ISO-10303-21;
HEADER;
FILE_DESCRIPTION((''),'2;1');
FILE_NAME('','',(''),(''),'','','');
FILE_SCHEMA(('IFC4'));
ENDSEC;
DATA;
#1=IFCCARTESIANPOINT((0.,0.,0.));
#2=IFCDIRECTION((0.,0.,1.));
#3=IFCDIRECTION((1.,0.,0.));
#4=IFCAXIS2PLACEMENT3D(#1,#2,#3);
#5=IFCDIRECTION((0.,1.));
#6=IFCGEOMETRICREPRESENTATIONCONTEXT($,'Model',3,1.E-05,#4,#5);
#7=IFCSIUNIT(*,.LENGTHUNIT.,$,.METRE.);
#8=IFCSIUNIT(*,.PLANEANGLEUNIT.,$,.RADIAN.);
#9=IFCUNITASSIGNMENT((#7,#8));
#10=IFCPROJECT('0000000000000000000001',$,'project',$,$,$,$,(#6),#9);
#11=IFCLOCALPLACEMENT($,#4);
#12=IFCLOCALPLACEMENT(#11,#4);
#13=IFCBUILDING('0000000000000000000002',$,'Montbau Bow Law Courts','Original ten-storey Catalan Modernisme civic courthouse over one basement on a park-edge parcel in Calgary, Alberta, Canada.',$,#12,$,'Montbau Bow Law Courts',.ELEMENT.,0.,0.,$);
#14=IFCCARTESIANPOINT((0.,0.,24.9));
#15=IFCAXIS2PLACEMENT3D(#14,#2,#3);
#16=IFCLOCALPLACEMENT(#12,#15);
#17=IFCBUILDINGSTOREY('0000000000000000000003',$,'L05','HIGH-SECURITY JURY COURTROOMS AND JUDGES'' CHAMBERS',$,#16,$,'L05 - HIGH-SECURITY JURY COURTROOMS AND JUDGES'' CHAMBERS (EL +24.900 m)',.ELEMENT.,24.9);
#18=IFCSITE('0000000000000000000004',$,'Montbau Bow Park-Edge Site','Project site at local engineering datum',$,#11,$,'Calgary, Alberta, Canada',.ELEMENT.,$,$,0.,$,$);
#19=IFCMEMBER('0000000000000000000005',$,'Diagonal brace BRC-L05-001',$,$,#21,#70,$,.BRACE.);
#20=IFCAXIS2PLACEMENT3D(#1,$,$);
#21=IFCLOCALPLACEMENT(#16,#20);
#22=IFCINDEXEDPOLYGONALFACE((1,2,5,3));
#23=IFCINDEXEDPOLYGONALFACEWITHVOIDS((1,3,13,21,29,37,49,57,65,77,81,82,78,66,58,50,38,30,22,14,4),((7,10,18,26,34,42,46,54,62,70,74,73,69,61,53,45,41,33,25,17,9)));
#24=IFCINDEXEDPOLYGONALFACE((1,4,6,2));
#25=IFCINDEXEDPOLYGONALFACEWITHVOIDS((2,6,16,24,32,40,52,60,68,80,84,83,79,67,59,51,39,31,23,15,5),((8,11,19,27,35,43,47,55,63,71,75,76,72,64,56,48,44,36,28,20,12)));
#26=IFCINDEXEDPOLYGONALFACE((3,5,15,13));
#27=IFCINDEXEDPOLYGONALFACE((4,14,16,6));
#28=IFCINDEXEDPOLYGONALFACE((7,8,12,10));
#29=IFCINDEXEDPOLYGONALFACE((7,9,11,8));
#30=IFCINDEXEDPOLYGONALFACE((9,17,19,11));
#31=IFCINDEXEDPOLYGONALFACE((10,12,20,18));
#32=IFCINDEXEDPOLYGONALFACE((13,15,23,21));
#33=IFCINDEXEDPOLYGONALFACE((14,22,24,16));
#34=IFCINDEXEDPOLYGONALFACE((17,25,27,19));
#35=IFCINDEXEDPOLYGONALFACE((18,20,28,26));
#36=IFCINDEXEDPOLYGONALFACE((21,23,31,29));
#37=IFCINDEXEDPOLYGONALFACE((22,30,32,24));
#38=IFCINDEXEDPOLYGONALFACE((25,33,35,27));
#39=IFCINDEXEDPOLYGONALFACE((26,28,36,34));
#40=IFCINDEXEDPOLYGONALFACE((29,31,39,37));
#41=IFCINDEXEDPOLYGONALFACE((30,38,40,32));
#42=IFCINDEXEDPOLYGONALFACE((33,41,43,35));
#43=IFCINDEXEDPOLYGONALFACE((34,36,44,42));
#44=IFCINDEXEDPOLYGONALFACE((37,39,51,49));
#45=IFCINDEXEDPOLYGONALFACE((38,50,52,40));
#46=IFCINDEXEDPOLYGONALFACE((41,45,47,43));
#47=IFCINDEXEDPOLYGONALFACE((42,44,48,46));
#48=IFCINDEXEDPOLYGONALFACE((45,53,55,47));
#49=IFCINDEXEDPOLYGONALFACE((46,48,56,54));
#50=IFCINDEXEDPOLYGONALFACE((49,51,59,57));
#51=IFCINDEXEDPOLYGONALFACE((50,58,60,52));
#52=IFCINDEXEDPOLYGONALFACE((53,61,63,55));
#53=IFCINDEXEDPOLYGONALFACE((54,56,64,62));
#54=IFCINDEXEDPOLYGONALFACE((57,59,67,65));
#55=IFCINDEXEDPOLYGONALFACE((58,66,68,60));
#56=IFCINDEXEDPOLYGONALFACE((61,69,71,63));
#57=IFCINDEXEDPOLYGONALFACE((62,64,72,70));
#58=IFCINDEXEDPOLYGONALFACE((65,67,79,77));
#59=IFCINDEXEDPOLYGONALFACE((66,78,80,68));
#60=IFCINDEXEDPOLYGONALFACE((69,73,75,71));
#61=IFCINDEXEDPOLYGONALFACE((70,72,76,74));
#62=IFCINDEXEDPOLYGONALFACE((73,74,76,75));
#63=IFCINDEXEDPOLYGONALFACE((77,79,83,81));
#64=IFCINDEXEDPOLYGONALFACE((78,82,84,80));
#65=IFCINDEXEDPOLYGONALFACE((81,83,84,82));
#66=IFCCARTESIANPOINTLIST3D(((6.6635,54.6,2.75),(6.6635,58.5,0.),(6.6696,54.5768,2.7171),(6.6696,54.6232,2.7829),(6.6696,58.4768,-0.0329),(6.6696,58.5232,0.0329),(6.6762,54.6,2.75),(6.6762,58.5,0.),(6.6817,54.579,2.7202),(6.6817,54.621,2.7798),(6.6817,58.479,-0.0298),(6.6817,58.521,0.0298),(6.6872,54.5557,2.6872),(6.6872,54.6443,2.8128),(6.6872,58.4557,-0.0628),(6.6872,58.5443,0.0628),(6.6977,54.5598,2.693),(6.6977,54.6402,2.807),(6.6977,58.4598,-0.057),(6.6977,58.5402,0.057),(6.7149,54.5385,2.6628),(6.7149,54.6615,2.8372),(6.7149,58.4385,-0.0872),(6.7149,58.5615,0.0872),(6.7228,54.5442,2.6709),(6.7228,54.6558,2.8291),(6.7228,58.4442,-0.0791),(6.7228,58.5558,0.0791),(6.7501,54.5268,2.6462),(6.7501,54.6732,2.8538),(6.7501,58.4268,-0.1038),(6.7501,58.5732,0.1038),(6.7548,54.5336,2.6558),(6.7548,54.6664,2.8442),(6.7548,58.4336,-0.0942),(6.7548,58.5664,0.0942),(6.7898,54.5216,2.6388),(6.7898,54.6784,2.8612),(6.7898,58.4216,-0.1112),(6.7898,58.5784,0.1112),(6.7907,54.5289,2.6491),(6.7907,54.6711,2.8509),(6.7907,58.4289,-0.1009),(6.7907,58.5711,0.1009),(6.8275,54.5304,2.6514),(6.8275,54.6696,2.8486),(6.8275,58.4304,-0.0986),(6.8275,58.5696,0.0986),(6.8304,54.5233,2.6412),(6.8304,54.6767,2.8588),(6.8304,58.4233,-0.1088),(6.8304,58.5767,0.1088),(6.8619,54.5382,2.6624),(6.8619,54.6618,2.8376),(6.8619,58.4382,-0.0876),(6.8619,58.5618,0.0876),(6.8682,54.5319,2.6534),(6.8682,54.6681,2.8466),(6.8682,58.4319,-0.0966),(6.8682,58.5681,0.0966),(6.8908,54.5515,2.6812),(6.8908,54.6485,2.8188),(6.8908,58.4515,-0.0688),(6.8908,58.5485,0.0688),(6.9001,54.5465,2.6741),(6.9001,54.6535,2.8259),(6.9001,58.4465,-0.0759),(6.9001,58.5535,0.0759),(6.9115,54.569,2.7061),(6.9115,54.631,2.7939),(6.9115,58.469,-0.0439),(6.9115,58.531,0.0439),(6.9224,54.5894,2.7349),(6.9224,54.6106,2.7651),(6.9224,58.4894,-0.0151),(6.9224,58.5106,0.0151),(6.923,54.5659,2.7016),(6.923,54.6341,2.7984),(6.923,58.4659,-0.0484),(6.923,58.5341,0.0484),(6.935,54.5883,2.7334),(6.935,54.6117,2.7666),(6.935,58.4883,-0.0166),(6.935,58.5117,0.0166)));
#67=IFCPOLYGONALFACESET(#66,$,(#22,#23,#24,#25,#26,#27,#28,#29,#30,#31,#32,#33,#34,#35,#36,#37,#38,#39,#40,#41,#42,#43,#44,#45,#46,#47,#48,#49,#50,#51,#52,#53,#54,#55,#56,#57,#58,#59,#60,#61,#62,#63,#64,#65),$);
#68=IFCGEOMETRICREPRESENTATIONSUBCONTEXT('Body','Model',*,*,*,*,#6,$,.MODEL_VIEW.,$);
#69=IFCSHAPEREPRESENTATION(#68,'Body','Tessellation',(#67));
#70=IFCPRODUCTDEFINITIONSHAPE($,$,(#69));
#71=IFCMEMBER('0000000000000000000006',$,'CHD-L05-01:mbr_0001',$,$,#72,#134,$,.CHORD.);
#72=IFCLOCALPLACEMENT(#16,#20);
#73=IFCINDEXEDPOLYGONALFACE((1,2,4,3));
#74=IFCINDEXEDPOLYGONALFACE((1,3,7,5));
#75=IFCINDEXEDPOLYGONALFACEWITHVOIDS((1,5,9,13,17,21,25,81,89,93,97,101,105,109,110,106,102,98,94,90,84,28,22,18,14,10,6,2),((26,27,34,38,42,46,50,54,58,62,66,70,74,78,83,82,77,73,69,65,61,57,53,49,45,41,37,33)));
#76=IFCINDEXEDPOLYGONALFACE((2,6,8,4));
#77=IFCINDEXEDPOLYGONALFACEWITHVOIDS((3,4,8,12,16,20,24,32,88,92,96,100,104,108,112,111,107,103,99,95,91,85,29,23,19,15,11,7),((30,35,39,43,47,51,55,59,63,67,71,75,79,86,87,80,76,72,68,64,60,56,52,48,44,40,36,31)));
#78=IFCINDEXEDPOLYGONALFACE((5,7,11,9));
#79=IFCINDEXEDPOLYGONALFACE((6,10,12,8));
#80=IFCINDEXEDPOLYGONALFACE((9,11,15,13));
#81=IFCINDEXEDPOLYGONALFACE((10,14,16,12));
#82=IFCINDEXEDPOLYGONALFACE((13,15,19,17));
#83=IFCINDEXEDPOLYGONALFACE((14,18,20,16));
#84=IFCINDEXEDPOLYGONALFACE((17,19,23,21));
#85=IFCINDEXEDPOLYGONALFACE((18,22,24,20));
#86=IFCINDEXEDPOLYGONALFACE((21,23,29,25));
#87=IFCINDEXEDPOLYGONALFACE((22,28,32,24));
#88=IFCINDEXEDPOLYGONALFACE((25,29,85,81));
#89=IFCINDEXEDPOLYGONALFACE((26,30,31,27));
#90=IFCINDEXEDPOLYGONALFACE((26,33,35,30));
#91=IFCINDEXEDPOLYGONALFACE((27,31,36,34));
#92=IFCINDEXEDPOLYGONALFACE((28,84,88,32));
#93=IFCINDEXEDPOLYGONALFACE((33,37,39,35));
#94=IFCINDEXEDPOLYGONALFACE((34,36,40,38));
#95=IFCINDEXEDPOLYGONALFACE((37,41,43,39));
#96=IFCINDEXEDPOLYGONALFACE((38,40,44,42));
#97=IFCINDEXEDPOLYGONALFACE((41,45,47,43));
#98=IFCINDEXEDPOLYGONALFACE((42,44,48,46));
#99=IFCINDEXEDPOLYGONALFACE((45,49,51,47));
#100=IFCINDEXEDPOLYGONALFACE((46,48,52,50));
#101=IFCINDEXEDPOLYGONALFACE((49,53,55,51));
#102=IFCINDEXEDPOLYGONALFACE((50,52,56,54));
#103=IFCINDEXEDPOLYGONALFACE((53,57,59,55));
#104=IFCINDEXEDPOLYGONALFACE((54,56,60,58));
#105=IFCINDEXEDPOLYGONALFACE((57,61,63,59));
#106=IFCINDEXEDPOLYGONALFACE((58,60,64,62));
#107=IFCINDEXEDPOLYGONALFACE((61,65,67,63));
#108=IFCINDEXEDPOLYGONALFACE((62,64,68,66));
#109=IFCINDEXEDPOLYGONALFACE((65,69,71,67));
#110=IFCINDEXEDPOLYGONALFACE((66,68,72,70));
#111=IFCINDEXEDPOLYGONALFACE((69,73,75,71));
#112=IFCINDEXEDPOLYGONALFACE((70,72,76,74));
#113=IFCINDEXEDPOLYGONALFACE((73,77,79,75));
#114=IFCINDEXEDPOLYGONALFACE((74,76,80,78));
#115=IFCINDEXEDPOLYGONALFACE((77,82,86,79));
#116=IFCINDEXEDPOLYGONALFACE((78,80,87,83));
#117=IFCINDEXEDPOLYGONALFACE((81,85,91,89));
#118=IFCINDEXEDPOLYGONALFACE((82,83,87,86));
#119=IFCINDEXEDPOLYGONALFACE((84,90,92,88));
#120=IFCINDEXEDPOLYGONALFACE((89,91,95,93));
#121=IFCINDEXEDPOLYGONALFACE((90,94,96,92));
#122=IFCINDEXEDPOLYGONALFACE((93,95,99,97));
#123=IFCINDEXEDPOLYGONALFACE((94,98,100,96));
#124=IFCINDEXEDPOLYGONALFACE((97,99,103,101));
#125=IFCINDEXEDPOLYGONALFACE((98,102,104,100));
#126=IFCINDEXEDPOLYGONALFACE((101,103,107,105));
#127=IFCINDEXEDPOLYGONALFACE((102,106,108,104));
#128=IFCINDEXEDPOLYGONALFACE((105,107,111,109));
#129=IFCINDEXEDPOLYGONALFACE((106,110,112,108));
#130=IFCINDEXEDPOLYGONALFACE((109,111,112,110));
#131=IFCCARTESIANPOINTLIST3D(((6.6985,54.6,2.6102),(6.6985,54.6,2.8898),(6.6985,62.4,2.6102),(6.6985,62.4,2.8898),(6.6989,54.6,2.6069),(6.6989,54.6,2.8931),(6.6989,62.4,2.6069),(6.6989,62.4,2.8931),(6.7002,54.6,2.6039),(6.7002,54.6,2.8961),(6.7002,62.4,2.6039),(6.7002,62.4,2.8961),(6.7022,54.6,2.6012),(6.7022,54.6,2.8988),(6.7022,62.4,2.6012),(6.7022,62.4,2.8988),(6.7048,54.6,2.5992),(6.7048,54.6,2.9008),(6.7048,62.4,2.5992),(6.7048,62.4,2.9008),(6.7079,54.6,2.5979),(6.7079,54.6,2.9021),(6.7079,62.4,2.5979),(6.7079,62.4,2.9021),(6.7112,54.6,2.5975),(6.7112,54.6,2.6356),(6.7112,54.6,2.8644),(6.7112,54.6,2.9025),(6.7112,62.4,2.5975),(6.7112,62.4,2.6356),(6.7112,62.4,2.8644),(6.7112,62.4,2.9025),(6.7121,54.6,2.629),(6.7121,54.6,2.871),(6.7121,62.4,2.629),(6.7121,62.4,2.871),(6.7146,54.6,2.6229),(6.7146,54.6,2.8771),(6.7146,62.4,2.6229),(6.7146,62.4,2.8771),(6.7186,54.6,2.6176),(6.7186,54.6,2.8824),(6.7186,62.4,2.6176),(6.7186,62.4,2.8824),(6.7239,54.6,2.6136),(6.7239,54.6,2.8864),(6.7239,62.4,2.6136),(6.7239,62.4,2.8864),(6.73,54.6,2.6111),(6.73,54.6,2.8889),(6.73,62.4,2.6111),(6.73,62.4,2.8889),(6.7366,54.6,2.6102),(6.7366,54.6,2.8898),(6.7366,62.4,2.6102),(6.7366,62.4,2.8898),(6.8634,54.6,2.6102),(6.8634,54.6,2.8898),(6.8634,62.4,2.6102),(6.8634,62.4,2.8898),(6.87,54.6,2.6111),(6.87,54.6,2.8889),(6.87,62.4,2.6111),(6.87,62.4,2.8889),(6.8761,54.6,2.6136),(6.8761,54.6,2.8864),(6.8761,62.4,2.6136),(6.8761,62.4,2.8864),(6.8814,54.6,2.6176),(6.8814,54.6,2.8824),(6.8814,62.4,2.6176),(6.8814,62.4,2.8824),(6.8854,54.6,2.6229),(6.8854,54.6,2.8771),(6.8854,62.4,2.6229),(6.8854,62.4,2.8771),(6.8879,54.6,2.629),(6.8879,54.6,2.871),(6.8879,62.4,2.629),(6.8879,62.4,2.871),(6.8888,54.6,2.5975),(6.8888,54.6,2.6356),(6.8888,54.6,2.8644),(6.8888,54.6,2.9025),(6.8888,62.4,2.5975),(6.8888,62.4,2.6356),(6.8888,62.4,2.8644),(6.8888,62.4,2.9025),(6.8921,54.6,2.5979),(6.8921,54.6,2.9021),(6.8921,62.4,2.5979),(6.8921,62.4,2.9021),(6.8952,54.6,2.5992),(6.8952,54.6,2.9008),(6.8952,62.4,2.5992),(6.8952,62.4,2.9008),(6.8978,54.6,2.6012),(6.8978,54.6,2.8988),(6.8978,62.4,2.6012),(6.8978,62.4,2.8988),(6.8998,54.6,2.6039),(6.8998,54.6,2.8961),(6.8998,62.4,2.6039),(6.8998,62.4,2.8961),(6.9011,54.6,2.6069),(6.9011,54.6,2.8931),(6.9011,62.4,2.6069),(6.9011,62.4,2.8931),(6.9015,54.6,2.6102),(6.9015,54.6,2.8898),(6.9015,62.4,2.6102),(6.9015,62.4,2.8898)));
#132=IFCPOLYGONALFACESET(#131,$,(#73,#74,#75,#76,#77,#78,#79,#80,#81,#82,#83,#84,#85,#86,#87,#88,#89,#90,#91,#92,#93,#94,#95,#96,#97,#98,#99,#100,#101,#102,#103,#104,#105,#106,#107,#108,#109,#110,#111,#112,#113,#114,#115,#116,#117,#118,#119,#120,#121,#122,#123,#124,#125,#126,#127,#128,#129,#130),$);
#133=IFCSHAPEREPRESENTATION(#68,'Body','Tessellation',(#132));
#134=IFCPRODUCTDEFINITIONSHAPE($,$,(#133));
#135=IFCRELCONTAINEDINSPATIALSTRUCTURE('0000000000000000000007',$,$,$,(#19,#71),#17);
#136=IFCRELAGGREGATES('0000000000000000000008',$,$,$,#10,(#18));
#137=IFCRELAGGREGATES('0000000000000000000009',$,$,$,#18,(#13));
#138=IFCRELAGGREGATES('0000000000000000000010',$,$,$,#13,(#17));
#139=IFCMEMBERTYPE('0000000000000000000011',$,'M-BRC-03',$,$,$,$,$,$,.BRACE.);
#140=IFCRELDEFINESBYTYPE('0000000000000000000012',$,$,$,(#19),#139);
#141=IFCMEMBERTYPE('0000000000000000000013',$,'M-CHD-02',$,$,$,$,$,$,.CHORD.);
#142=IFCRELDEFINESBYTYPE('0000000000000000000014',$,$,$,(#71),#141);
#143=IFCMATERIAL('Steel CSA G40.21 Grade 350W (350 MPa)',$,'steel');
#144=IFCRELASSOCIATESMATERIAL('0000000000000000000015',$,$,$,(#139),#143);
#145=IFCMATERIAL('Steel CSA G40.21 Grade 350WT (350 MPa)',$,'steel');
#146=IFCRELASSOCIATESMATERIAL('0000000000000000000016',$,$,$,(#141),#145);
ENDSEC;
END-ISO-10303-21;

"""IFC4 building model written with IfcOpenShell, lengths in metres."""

from ifc_helpers import new_model, si_unit, direction, frame, origin_with_axes, origin_2d_with_axis, place, context, subcontext, project, spatial, hollow_rectangle, hollow_circle, extrude, material, material_profile, profile_set, type_object, element, save


model = new_model("IFC4")

# Units and contexts
model_context = context("Model", 3, precision=1e-05, world=origin_with_axes(), true_north=direction((0.0, 1.0)))
body_context = subcontext(model_context, "Body", "Model", "MODEL_VIEW")
ifc_project = project(units=[si_unit("LENGTHUNIT", "METRE"), si_unit("PLANEANGLEUNIT", "RADIAN")], contexts=[model_context])

# Site, building, storey
site_placement = place(None, origin_with_axes())
site = spatial("IfcSite", under=ifc_project, at=site_placement, Name="Montbau Bow Park-Edge Site", Description="Project site at local engineering datum", LongName="Calgary, Alberta, Canada", CompositionType="ELEMENT", RefElevation=0.0)
building_placement = place(site_placement, origin_with_axes())
building = spatial("IfcBuilding", under=site, at=building_placement, Name="Montbau Bow Law Courts", Description="Original ten-storey Catalan Modernisme civic courthouse over one basement on a park-edge parcel in Calgary, Alberta, Canada.", LongName="Montbau Bow Law Courts", CompositionType="ELEMENT", ElevationOfRefHeight=0.0, ElevationOfTerrain=0.0)
storey_placement = place(building_placement, frame((0.0, 0.0, 24.9), z_axis=(0.0, 0.0, 1.0), x_axis=(1.0, 0.0, 0.0)))
storey = spatial("IfcBuildingStorey", under=building, at=storey_placement, Name="L05", Description="HIGH-SECURITY JURY COURTROOMS AND JUDGES' CHAMBERS", LongName="L05 - HIGH-SECURITY JURY COURTROOMS AND JUDGES' CHAMBERS (EL +24.900 m)", CompositionType="ELEMENT", Elevation=24.9)

# Members
ifc_material_1 = material(Name="Steel CSA G40.21 Grade 350W (350 MPa)", Category="steel")
ifc_material_profile_1 = material_profile(ifc_material_1, hollow_circle(Radius=0.1365, WallThickness=0.0127, at=origin_2d_with_axis()), Name="HSS273X13", Category="Main", Priority=0)
ifc_profile_set_1 = profile_set([ifc_material_profile_1], Name="Steel CSA G40.21 Grade 350W (350 MPa)")
member_type_1 = type_object("IfcMemberType", Name="M-BRC-03", PredefinedType="BRACE", material=ifc_profile_set_1)
member_1_placement = place(None, frame((6.8, 54.6, 27.65), z_axis=(0.0, 0.817258, -0.576272), x_axis=(-1.0, 0.0, 0.0)))
element("IfcMember", 1, at=member_1_placement, inside=storey, type_object=member_type_1, Name="Diagonal brace BRC-L05-001", PredefinedType="BRACE", context=body_context, shape_type="SweptSolid", body=[
    extrude(hollow_circle(Radius=0.1365, WallThickness=0.0127, at=origin_2d_with_axis()), origin_with_axes(), (0.0, 0.0, 1.0), 4.7721),
])
ifc_material_2 = material(Name="Steel CSA G40.21 Grade 350WT (350 MPa)", Category="steel")
ifc_material_profile_2 = material_profile(ifc_material_2, hollow_rectangle(XDim=0.203, YDim=0.305, WallThickness=0.0127, InnerFilletRadius=0.0254, OuterFilletRadius=0.0127, at=origin_2d_with_axis()), Name="HSS305X203X13", Category="Main", Priority=0)
ifc_profile_set_2 = profile_set([ifc_material_profile_2], Name="Steel CSA G40.21 Grade 350WT (350 MPa)")
member_type_2 = type_object("IfcMemberType", Name="M-CHD-02", PredefinedType="CHORD", material=ifc_profile_set_2)
member_2_placement = place(None, frame((6.8, 54.6, 27.65), z_axis=(0.0, 1.0, 0.0), x_axis=(-1.0, 0.0, 0.0)))
element("IfcMember", 2, at=member_2_placement, inside=storey, type_object=member_type_2, Name="CHD-L05-01:mbr_0001", PredefinedType="CHORD", context=body_context, shape_type="SweptSolid", body=[
    extrude(hollow_rectangle(XDim=0.203, YDim=0.305, WallThickness=0.0127, InnerFilletRadius=0.0254, OuterFilletRadius=0.0127, at=origin_2d_with_axis()), origin_with_axes(), (0.0, 0.0, 1.0), 7.8),
])

save(model, "model.ifc")
